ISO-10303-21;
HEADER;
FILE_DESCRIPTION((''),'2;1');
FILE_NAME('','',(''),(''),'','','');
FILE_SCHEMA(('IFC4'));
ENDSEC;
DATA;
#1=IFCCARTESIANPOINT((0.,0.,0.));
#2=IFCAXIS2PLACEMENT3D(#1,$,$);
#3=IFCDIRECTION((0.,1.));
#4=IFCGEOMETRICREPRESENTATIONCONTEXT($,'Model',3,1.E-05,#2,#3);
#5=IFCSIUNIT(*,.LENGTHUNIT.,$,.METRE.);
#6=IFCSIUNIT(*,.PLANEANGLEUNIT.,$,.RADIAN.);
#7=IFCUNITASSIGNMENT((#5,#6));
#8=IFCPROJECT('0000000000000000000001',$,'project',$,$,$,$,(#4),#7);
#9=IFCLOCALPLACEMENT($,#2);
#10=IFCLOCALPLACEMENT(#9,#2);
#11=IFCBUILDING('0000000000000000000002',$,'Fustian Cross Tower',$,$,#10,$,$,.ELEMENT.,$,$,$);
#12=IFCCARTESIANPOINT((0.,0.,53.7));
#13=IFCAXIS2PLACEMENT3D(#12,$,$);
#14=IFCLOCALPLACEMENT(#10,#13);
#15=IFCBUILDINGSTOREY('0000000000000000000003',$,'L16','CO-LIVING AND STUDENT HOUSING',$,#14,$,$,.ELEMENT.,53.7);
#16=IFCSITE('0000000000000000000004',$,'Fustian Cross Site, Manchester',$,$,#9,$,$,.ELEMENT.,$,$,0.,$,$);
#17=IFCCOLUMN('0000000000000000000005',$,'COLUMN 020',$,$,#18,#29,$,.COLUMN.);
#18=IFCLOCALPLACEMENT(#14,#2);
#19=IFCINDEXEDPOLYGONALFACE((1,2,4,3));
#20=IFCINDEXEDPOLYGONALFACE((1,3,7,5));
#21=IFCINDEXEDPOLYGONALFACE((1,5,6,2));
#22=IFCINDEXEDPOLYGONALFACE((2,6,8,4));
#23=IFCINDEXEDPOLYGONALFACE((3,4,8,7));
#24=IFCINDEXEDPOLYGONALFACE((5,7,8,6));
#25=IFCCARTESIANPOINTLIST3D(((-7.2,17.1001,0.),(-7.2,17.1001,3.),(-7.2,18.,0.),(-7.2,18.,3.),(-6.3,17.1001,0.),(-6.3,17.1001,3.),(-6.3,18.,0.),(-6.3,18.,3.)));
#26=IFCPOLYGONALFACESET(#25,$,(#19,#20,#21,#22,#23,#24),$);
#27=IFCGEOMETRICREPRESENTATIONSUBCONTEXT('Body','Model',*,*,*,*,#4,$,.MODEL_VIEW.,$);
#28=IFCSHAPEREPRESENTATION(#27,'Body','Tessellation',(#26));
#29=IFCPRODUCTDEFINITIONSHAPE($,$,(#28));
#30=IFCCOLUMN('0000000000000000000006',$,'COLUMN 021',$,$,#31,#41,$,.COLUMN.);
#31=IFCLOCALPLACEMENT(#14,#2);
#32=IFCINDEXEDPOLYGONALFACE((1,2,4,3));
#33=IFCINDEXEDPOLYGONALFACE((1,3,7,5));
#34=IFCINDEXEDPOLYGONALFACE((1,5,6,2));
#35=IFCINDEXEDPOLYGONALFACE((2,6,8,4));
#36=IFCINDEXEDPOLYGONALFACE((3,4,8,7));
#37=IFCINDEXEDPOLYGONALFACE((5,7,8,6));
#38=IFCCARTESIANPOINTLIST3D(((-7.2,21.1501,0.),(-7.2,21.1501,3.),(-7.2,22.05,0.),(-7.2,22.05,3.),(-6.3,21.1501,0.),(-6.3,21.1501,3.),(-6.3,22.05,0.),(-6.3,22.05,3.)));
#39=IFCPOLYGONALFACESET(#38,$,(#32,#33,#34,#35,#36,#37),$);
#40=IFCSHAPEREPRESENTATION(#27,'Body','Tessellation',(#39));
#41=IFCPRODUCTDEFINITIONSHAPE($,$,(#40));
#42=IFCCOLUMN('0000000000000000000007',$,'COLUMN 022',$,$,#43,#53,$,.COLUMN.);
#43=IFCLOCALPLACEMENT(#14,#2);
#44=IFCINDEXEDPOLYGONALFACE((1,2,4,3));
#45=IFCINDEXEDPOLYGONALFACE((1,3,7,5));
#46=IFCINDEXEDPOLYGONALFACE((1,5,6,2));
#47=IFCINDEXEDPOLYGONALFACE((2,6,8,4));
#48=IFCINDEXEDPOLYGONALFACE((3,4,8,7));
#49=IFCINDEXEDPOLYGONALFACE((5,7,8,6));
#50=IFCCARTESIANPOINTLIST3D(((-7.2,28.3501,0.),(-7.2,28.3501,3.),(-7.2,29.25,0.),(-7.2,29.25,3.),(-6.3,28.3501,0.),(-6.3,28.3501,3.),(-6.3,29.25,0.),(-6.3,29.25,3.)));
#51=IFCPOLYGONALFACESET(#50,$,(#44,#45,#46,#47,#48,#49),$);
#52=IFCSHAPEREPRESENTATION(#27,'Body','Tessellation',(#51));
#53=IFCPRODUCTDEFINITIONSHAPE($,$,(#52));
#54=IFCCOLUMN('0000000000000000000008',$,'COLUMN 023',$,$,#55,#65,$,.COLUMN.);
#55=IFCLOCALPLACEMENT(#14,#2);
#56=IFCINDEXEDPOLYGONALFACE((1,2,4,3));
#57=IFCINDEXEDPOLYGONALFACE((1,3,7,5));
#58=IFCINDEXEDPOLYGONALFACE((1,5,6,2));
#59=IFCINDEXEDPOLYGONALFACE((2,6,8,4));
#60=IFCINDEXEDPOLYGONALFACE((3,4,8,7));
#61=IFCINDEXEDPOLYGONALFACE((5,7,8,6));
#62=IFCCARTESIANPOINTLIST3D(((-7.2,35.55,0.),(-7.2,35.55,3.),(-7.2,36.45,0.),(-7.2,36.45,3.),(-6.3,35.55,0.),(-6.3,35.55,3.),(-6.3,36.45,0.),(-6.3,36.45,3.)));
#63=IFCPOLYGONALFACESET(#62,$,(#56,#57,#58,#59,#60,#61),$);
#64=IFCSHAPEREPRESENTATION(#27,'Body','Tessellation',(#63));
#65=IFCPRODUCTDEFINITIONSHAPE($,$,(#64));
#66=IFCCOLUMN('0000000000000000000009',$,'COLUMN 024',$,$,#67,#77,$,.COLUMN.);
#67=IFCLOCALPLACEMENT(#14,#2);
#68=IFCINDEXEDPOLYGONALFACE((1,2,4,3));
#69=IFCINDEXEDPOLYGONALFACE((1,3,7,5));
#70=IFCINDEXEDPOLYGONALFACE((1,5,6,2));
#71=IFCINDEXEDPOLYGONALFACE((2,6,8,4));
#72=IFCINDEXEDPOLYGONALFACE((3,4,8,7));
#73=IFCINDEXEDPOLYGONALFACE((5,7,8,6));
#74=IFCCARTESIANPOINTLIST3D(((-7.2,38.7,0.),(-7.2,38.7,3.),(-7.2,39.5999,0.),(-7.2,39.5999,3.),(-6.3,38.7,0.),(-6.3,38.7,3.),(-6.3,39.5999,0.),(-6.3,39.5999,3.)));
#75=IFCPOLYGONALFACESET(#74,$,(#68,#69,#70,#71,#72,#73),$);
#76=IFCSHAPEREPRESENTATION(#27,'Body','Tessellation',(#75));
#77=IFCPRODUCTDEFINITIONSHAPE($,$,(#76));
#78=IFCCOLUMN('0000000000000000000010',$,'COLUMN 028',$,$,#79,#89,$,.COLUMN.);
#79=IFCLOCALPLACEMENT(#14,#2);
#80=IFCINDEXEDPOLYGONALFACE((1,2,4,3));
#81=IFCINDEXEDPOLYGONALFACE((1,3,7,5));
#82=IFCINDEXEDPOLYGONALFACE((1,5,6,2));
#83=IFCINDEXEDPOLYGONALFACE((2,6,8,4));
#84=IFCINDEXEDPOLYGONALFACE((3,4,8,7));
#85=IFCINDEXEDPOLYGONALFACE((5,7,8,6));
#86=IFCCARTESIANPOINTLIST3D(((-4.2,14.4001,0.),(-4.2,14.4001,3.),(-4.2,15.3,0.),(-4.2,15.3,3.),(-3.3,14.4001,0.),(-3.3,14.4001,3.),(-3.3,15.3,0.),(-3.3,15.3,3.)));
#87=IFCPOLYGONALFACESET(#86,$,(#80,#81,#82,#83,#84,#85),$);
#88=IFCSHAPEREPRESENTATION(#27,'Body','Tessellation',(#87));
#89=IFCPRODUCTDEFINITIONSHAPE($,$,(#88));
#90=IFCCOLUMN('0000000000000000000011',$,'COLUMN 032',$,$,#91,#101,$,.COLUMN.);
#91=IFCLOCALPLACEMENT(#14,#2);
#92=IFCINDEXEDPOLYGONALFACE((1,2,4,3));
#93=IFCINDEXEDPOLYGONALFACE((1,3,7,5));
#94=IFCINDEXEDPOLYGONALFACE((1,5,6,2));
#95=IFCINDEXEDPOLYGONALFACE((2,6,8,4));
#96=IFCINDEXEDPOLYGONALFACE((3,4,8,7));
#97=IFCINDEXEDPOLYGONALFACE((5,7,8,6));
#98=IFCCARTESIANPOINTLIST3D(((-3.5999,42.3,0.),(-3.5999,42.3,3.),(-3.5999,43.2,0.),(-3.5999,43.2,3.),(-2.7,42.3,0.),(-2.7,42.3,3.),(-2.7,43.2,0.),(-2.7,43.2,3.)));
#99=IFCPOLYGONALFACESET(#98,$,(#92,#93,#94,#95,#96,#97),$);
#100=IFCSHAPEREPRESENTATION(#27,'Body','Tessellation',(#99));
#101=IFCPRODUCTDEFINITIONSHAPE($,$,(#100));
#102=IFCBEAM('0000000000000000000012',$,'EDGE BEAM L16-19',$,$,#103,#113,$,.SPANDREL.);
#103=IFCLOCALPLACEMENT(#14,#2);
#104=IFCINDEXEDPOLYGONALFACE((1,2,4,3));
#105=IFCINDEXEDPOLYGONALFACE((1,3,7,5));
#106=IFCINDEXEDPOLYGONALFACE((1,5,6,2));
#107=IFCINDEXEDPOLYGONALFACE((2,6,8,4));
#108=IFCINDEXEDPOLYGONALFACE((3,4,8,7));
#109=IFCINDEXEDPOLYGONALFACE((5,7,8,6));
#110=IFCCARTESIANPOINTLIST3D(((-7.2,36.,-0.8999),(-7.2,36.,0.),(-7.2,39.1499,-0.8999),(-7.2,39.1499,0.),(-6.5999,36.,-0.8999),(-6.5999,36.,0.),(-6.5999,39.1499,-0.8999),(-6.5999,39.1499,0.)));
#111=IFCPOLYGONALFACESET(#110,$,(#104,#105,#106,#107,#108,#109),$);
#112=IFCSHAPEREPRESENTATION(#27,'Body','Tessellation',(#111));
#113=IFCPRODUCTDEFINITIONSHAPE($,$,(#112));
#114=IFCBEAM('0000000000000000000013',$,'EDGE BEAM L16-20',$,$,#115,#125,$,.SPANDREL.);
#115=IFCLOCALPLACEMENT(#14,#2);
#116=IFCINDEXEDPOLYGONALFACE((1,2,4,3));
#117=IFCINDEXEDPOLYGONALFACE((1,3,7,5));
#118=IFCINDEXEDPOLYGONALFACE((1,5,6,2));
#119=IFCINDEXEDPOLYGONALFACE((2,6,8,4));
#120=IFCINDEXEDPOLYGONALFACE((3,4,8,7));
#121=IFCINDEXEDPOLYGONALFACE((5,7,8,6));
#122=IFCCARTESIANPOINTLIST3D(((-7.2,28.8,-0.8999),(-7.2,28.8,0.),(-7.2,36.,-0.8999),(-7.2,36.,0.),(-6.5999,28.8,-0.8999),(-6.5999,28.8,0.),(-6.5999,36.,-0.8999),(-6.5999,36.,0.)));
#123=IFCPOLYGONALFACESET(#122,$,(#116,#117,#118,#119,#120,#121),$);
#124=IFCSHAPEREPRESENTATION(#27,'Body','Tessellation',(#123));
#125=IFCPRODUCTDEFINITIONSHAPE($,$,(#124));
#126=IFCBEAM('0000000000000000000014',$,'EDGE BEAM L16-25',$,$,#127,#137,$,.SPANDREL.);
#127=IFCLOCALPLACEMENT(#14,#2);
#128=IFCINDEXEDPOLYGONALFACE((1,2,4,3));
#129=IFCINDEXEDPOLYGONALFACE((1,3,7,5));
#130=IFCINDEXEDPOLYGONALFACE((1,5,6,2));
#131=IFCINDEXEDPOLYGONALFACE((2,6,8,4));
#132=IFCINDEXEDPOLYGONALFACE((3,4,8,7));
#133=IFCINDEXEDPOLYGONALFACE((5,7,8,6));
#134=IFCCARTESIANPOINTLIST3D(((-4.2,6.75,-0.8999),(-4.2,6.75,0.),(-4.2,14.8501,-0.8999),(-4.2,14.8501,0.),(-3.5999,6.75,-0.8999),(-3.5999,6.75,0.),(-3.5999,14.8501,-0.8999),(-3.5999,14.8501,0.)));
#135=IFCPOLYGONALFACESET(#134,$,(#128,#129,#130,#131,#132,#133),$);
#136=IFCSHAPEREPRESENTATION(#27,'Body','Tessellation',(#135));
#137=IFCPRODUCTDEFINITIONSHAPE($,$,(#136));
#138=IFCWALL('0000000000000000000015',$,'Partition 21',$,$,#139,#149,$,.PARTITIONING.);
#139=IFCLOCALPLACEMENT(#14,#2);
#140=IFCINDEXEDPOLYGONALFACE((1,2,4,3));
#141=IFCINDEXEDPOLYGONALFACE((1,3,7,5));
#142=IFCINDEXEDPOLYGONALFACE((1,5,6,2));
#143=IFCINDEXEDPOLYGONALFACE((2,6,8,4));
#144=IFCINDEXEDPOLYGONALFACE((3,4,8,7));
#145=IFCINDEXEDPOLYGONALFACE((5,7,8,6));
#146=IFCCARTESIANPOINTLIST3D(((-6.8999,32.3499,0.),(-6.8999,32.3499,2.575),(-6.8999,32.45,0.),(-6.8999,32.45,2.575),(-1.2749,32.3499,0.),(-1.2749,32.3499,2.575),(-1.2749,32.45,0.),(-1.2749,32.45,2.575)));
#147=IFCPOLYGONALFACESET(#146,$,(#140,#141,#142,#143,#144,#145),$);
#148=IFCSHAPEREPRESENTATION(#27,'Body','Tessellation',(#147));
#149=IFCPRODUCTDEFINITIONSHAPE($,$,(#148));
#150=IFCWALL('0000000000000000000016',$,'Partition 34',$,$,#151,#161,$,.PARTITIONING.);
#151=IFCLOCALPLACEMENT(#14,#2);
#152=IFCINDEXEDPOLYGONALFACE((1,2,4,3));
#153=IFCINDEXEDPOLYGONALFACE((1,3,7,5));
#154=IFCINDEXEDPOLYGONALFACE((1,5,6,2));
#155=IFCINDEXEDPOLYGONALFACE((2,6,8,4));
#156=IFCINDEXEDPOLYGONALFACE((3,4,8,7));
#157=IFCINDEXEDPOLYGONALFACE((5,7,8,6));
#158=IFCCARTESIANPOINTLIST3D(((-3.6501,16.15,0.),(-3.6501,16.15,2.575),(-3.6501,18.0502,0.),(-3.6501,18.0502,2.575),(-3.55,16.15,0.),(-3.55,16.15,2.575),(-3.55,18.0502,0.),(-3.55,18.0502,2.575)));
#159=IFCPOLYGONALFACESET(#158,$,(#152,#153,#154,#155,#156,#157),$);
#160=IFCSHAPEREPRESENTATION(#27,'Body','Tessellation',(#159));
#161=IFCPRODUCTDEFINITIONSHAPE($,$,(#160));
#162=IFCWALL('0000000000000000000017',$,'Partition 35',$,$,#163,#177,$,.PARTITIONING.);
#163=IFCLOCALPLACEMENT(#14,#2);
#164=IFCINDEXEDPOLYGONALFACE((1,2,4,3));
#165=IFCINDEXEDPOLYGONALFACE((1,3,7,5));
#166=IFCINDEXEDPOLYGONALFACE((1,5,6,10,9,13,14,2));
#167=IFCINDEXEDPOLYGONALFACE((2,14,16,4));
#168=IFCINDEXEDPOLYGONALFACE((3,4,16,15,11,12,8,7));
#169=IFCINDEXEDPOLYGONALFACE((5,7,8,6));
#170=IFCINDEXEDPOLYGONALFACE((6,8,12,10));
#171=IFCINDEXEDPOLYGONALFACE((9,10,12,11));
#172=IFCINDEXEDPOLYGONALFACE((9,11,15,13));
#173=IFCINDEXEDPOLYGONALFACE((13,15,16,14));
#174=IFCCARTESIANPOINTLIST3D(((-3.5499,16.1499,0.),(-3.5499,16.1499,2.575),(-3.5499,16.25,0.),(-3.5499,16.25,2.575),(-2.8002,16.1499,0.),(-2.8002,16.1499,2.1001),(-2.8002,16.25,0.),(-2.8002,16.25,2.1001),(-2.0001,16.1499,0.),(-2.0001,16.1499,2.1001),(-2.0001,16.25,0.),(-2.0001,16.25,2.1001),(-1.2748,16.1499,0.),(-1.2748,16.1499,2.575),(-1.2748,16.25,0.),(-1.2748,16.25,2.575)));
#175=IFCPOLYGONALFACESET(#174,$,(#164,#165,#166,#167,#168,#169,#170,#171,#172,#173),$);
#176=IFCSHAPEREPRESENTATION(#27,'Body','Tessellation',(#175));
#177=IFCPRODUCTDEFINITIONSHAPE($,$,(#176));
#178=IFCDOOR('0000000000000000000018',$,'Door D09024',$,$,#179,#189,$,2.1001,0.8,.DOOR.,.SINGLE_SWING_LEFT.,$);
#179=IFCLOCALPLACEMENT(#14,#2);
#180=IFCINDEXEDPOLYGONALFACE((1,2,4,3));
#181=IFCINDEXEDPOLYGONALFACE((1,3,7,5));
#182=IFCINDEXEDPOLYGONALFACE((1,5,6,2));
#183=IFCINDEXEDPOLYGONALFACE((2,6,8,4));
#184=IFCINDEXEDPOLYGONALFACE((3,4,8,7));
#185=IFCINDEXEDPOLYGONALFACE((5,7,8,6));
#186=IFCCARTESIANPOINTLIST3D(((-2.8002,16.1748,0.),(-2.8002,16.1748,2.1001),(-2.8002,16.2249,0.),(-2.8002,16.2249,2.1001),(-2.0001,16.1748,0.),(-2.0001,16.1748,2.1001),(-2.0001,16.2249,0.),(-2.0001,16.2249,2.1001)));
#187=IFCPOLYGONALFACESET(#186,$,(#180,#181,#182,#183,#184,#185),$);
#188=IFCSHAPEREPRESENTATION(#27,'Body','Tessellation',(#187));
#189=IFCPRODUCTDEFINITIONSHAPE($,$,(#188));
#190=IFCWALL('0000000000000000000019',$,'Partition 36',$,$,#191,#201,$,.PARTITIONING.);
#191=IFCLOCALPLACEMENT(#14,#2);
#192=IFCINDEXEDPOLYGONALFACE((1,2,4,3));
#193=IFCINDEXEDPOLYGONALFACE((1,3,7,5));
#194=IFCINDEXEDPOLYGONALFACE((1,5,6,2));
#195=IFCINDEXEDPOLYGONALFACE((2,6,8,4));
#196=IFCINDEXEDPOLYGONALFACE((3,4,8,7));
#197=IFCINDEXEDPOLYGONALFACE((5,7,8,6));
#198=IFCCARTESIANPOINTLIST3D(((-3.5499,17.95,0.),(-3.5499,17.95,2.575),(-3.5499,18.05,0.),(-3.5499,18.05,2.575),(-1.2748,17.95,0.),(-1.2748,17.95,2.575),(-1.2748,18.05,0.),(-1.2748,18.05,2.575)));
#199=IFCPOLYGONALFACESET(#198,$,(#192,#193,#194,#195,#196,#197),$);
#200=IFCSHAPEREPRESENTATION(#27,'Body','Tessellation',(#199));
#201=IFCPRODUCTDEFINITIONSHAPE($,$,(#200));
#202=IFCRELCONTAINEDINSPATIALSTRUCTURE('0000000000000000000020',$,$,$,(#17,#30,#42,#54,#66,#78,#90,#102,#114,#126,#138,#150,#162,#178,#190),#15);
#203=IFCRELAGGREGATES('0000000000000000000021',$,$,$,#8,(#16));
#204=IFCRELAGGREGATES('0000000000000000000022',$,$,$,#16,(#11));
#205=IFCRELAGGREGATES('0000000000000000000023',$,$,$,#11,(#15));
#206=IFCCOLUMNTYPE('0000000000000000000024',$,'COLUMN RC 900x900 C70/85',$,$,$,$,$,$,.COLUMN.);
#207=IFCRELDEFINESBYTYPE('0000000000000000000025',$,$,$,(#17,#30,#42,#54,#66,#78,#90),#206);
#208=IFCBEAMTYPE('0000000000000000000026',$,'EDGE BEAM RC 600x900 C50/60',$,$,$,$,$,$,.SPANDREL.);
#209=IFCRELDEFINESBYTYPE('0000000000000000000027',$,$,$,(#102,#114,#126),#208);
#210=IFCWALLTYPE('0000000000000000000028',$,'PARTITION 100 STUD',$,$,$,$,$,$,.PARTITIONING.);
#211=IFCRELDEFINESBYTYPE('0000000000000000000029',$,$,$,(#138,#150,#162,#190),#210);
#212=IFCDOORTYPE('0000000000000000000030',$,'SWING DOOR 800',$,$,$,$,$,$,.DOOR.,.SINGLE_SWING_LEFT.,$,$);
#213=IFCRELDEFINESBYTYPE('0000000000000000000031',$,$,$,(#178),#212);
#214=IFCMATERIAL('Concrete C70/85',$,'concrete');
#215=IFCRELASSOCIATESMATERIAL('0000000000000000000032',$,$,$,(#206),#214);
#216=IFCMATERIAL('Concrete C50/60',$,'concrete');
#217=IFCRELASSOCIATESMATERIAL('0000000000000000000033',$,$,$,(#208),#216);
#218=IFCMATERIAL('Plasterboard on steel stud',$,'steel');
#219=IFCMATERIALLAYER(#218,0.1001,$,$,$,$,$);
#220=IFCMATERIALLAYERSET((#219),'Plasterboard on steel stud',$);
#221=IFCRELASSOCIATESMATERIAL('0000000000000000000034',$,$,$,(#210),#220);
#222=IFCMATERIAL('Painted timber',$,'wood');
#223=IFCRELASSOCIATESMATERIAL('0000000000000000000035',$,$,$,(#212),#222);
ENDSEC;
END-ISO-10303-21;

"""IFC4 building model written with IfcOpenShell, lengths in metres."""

from ifc_helpers import new_model, si_unit, direction, frame, frame_2d, origin, origin_2d, place, context, subcontext, project, spatial, rectangle, extrude, material, layer, layer_set, material_profile, profile_set, type_object, element, fill, save


model = new_model("IFC4")

# Units and contexts
model_context = context("Model", 3, precision=1e-05, world=origin(), true_north=direction((0.0, 1.0)))
body_context = subcontext(model_context, "Body", "Model", "MODEL_VIEW")
ifc_project = project(units=[si_unit("LENGTHUNIT", "METRE"), si_unit("PLANEANGLEUNIT", "RADIAN")], contexts=[model_context])

# Site, building, storey
site_placement = place(None, origin())
site = spatial("IfcSite", under=ifc_project, at=site_placement, Name="Fustian Cross Site, Manchester", CompositionType="ELEMENT", RefElevation=0.0)
building_placement = place(site_placement, origin())
building = spatial("IfcBuilding", under=site, at=building_placement, Name="Fustian Cross Tower", CompositionType="ELEMENT")
storey_placement = place(building_placement, frame((0.0, 0.0, 53.7)))
storey = spatial("IfcBuildingStorey", under=building, at=storey_placement, Name="L16", Description="CO-LIVING AND STUDENT HOUSING", CompositionType="ELEMENT", Elevation=53.7)

# Columns
ifc_material_1 = material(Name="Concrete C70/85", Category="concrete")
ifc_material_profile_1 = material_profile(ifc_material_1, rectangle(XDim=0.8999, YDim=0.8999, at=origin_2d()), Name="RC 900x900")
ifc_profile_set_1 = profile_set([ifc_material_profile_1], Name="Concrete C70/85")
column_type = type_object("IfcColumnType", Name="COLUMN RC 900x900 C70/85", PredefinedType="COLUMN", material=ifc_profile_set_1)
for number, where, z_axis, x_axis, name in (
    (1, (-6.75, 17.55, 0.0), (0.0, 0.0, 1.0), (1.0, 0.0, 0.0), "COLUMN 020"),
    (2, (-6.75, 21.6001, 0.0), (0.0, 0.0, 1.0), (1.0, 0.0, 0.0), "COLUMN 021"),
    (3, (-6.75, 28.8, 0.0), (0.0, 0.0, 1.0), (1.0, 0.0, 0.0), "COLUMN 022"),
    (4, (-6.75, 36.0, 0.0), (0.0, 0.0, 1.0), (1.0, 0.0, 0.0), "COLUMN 023"),
    (5, (-6.75, 39.1499, 0.0), (0.0, 0.0, 1.0), (1.0, 0.0, 0.0), "COLUMN 024"),
    (6, (-3.75, 14.8501, 0.0), (0.0, 0.0, 1.0), (1.0, 0.0, 0.0), "COLUMN 028"),
    (7, (-3.1499, 42.75, 0.0), (0.0, 0.0, 1.0), (1.0, 0.0, 0.0), "COLUMN 032"),
):
    element("IfcColumn", number, at=place(storey_placement, frame(where, z_axis=z_axis, x_axis=x_axis)), inside=storey, type_object=column_type, Name=name, PredefinedType="COLUMN", context=body_context, shape_type="SweptSolid", body=[
        extrude(rectangle(XDim=0.8999, YDim=0.8999, at=origin_2d()), origin(), (0.0, 0.0, 1.0), 3.0),
    ])

# Beams
ifc_material_2 = material(Name="Concrete C50/60", Category="concrete")
ifc_material_profile_2 = material_profile(ifc_material_2, rectangle(XDim=0.6001, YDim=0.8999, at=origin_2d()), Name="RC 600x900")
ifc_profile_set_2 = profile_set([ifc_material_profile_2], Name="Concrete C50/60")
beam_type = type_object("IfcBeamType", Name="EDGE BEAM RC 600x900 C50/60", PredefinedType="SPANDREL", material=ifc_profile_set_2)
beam_1_placement = place(storey_placement, frame((-6.8999, 39.1499, -0.45), z_axis=(0.0, -1.0, 0.0), x_axis=(1.0, 0.0, 0.0)))
element("IfcBeam", 8, at=beam_1_placement, inside=storey, type_object=beam_type, Name="EDGE BEAM L16-19", PredefinedType="SPANDREL", context=body_context, shape_type="SweptSolid", body=[
    extrude(rectangle(XDim=0.6001, YDim=0.8999, at=origin_2d()), origin(), (0.0, 0.0, 1.0), 3.1499),
])
beam_2_placement = place(storey_placement, frame((-6.8999, 36.0, -0.45), z_axis=(0.0, -1.0, 0.0), x_axis=(1.0, 0.0, 0.0)))
element("IfcBeam", 9, at=beam_2_placement, inside=storey, type_object=beam_type, Name="EDGE BEAM L16-20", PredefinedType="SPANDREL", context=body_context, shape_type="SweptSolid", body=[
    extrude(rectangle(XDim=0.6001, YDim=0.8999, at=origin_2d()), origin(), (0.0, 0.0, 1.0), 7.2),
])
beam_3_placement = place(storey_placement, frame((-3.8999, 14.8501, -0.45), z_axis=(0.0, -1.0, 0.0), x_axis=(1.0, 0.0, 0.0)))
element("IfcBeam", 10, at=beam_3_placement, inside=storey, type_object=beam_type, Name="EDGE BEAM L16-25", PredefinedType="SPANDREL", context=body_context, shape_type="SweptSolid", body=[
    extrude(rectangle(XDim=0.6001, YDim=0.8999, at=origin_2d()), origin(), (0.0, 0.0, 1.0), 8.1001),
])

# Walls
ifc_material_3 = material(Name="Plasterboard on steel stud", Category="steel")
ifc_layer_1 = layer(ifc_material_3, 0.1001)
ifc_layer_set_1 = layer_set([ifc_layer_1], Name="Plasterboard on steel stud")
wall_type_1 = type_object("IfcWallType", Name="PARTITION 100 STUD", PredefinedType="PARTITIONING", material=ifc_layer_set_1)
wall_1_placement = place(storey_placement, frame((-6.8999, 32.3999, 0.0), z_axis=(0.0, 0.0, 1.0), x_axis=(1.0, 0.0, 0.0)))
element("IfcWall", 11, at=wall_1_placement, inside=storey, type_object=wall_type_1, Name="Partition 21", PredefinedType="PARTITIONING", context=body_context, shape_type="SweptSolid", body=[
    extrude(rectangle(XDim=5.625, YDim=0.1001, at=frame_2d((2.8125, 0.0))), origin(), (0.0, 0.0, 1.0), 2.575),
])
wall_2_placement = place(storey_placement, frame((-3.6001, 16.1499, 0.0), z_axis=(0.0, 0.0, 1.0), x_axis=(0.0, 1.0, 0.0)))
element("IfcWall", 12, at=wall_2_placement, inside=storey, type_object=wall_type_1, Name="Partition 34", PredefinedType="PARTITIONING", context=body_context, shape_type="SweptSolid", body=[
    extrude(rectangle(XDim=1.9001, YDim=0.1001, at=frame_2d((0.9502, 0.0))), origin(), (0.0, 0.0, 1.0), 2.575),
])

# Wall, opening, door
wall_3_placement = place(storey_placement, frame((-3.55, 16.2, 0.0), z_axis=(0.0, 0.0, 1.0), x_axis=(1.0, 0.0, 0.0)))
wall_3 = element("IfcWall", 13, at=wall_3_placement, inside=storey, type_object=wall_type_1, Name="Partition 35", PredefinedType="PARTITIONING", context=body_context, shape_type="SweptSolid", body=[
    extrude(rectangle(XDim=2.2751, YDim=0.1001, at=frame_2d((1.1377, 0.0))), origin(), (0.0, 0.0, 1.0), 2.575),
])
opening_1_placement = place(wall_3_placement, frame((0.75, 0.0, 0.0)))
opening_1 = element("IfcOpeningElement", 14, at=opening_1_placement, cuts=wall_3, PredefinedType="OPENING", context=body_context, shape_type="SweptSolid", body=[
    extrude(rectangle(XDim=0.8, YDim=2.1001, at=frame_2d((0.3999, 1.05))), frame((0.0, 0.0601, 0.0), z_axis=(0.0, -1.0, 0.0), x_axis=(1.0, 0.0, 0.0)), (0.0, 0.0, 1.0), 0.1201),
])
ifc_material_4 = material(Name="Painted timber", Category="wood")
door_type_1 = type_object("IfcDoorType", Name="SWING DOOR 800", OperationType="SINGLE_SWING_LEFT", PredefinedType="DOOR", material=ifc_material_4)
door_1_placement = place(opening_1_placement, origin())
door_1 = element("IfcDoor", 15, at=door_1_placement, inside=storey, type_object=door_type_1, Name="Door D09024", OperationType="SINGLE_SWING_LEFT", OverallHeight=2.1001, OverallWidth=0.8, PredefinedType="DOOR", context=body_context, shape_type="SweptSolid", body=[
    extrude(rectangle(XDim=0.8, YDim=2.1001, at=frame_2d((0.3999, 1.05))), frame((0.0, 0.0249, 0.0), z_axis=(0.0, -1.0, 0.0), x_axis=(1.0, 0.0, 0.0)), (0.0, 0.0, 1.0), 0.05),
])
fill(opening_1, door_1)

# Wall
wall_4_placement = place(storey_placement, frame((-3.55, 18.0, 0.0), z_axis=(0.0, 0.0, 1.0), x_axis=(1.0, 0.0, 0.0)))
element("IfcWall", 16, at=wall_4_placement, inside=storey, type_object=wall_type_1, Name="Partition 36", PredefinedType="PARTITIONING", context=body_context, shape_type="SweptSolid", body=[
    extrude(rectangle(XDim=2.2751, YDim=0.1001, at=frame_2d((1.1377, 0.0))), origin(), (0.0, 0.0, 1.0), 2.575),
])

save(model, "model.ifc")
